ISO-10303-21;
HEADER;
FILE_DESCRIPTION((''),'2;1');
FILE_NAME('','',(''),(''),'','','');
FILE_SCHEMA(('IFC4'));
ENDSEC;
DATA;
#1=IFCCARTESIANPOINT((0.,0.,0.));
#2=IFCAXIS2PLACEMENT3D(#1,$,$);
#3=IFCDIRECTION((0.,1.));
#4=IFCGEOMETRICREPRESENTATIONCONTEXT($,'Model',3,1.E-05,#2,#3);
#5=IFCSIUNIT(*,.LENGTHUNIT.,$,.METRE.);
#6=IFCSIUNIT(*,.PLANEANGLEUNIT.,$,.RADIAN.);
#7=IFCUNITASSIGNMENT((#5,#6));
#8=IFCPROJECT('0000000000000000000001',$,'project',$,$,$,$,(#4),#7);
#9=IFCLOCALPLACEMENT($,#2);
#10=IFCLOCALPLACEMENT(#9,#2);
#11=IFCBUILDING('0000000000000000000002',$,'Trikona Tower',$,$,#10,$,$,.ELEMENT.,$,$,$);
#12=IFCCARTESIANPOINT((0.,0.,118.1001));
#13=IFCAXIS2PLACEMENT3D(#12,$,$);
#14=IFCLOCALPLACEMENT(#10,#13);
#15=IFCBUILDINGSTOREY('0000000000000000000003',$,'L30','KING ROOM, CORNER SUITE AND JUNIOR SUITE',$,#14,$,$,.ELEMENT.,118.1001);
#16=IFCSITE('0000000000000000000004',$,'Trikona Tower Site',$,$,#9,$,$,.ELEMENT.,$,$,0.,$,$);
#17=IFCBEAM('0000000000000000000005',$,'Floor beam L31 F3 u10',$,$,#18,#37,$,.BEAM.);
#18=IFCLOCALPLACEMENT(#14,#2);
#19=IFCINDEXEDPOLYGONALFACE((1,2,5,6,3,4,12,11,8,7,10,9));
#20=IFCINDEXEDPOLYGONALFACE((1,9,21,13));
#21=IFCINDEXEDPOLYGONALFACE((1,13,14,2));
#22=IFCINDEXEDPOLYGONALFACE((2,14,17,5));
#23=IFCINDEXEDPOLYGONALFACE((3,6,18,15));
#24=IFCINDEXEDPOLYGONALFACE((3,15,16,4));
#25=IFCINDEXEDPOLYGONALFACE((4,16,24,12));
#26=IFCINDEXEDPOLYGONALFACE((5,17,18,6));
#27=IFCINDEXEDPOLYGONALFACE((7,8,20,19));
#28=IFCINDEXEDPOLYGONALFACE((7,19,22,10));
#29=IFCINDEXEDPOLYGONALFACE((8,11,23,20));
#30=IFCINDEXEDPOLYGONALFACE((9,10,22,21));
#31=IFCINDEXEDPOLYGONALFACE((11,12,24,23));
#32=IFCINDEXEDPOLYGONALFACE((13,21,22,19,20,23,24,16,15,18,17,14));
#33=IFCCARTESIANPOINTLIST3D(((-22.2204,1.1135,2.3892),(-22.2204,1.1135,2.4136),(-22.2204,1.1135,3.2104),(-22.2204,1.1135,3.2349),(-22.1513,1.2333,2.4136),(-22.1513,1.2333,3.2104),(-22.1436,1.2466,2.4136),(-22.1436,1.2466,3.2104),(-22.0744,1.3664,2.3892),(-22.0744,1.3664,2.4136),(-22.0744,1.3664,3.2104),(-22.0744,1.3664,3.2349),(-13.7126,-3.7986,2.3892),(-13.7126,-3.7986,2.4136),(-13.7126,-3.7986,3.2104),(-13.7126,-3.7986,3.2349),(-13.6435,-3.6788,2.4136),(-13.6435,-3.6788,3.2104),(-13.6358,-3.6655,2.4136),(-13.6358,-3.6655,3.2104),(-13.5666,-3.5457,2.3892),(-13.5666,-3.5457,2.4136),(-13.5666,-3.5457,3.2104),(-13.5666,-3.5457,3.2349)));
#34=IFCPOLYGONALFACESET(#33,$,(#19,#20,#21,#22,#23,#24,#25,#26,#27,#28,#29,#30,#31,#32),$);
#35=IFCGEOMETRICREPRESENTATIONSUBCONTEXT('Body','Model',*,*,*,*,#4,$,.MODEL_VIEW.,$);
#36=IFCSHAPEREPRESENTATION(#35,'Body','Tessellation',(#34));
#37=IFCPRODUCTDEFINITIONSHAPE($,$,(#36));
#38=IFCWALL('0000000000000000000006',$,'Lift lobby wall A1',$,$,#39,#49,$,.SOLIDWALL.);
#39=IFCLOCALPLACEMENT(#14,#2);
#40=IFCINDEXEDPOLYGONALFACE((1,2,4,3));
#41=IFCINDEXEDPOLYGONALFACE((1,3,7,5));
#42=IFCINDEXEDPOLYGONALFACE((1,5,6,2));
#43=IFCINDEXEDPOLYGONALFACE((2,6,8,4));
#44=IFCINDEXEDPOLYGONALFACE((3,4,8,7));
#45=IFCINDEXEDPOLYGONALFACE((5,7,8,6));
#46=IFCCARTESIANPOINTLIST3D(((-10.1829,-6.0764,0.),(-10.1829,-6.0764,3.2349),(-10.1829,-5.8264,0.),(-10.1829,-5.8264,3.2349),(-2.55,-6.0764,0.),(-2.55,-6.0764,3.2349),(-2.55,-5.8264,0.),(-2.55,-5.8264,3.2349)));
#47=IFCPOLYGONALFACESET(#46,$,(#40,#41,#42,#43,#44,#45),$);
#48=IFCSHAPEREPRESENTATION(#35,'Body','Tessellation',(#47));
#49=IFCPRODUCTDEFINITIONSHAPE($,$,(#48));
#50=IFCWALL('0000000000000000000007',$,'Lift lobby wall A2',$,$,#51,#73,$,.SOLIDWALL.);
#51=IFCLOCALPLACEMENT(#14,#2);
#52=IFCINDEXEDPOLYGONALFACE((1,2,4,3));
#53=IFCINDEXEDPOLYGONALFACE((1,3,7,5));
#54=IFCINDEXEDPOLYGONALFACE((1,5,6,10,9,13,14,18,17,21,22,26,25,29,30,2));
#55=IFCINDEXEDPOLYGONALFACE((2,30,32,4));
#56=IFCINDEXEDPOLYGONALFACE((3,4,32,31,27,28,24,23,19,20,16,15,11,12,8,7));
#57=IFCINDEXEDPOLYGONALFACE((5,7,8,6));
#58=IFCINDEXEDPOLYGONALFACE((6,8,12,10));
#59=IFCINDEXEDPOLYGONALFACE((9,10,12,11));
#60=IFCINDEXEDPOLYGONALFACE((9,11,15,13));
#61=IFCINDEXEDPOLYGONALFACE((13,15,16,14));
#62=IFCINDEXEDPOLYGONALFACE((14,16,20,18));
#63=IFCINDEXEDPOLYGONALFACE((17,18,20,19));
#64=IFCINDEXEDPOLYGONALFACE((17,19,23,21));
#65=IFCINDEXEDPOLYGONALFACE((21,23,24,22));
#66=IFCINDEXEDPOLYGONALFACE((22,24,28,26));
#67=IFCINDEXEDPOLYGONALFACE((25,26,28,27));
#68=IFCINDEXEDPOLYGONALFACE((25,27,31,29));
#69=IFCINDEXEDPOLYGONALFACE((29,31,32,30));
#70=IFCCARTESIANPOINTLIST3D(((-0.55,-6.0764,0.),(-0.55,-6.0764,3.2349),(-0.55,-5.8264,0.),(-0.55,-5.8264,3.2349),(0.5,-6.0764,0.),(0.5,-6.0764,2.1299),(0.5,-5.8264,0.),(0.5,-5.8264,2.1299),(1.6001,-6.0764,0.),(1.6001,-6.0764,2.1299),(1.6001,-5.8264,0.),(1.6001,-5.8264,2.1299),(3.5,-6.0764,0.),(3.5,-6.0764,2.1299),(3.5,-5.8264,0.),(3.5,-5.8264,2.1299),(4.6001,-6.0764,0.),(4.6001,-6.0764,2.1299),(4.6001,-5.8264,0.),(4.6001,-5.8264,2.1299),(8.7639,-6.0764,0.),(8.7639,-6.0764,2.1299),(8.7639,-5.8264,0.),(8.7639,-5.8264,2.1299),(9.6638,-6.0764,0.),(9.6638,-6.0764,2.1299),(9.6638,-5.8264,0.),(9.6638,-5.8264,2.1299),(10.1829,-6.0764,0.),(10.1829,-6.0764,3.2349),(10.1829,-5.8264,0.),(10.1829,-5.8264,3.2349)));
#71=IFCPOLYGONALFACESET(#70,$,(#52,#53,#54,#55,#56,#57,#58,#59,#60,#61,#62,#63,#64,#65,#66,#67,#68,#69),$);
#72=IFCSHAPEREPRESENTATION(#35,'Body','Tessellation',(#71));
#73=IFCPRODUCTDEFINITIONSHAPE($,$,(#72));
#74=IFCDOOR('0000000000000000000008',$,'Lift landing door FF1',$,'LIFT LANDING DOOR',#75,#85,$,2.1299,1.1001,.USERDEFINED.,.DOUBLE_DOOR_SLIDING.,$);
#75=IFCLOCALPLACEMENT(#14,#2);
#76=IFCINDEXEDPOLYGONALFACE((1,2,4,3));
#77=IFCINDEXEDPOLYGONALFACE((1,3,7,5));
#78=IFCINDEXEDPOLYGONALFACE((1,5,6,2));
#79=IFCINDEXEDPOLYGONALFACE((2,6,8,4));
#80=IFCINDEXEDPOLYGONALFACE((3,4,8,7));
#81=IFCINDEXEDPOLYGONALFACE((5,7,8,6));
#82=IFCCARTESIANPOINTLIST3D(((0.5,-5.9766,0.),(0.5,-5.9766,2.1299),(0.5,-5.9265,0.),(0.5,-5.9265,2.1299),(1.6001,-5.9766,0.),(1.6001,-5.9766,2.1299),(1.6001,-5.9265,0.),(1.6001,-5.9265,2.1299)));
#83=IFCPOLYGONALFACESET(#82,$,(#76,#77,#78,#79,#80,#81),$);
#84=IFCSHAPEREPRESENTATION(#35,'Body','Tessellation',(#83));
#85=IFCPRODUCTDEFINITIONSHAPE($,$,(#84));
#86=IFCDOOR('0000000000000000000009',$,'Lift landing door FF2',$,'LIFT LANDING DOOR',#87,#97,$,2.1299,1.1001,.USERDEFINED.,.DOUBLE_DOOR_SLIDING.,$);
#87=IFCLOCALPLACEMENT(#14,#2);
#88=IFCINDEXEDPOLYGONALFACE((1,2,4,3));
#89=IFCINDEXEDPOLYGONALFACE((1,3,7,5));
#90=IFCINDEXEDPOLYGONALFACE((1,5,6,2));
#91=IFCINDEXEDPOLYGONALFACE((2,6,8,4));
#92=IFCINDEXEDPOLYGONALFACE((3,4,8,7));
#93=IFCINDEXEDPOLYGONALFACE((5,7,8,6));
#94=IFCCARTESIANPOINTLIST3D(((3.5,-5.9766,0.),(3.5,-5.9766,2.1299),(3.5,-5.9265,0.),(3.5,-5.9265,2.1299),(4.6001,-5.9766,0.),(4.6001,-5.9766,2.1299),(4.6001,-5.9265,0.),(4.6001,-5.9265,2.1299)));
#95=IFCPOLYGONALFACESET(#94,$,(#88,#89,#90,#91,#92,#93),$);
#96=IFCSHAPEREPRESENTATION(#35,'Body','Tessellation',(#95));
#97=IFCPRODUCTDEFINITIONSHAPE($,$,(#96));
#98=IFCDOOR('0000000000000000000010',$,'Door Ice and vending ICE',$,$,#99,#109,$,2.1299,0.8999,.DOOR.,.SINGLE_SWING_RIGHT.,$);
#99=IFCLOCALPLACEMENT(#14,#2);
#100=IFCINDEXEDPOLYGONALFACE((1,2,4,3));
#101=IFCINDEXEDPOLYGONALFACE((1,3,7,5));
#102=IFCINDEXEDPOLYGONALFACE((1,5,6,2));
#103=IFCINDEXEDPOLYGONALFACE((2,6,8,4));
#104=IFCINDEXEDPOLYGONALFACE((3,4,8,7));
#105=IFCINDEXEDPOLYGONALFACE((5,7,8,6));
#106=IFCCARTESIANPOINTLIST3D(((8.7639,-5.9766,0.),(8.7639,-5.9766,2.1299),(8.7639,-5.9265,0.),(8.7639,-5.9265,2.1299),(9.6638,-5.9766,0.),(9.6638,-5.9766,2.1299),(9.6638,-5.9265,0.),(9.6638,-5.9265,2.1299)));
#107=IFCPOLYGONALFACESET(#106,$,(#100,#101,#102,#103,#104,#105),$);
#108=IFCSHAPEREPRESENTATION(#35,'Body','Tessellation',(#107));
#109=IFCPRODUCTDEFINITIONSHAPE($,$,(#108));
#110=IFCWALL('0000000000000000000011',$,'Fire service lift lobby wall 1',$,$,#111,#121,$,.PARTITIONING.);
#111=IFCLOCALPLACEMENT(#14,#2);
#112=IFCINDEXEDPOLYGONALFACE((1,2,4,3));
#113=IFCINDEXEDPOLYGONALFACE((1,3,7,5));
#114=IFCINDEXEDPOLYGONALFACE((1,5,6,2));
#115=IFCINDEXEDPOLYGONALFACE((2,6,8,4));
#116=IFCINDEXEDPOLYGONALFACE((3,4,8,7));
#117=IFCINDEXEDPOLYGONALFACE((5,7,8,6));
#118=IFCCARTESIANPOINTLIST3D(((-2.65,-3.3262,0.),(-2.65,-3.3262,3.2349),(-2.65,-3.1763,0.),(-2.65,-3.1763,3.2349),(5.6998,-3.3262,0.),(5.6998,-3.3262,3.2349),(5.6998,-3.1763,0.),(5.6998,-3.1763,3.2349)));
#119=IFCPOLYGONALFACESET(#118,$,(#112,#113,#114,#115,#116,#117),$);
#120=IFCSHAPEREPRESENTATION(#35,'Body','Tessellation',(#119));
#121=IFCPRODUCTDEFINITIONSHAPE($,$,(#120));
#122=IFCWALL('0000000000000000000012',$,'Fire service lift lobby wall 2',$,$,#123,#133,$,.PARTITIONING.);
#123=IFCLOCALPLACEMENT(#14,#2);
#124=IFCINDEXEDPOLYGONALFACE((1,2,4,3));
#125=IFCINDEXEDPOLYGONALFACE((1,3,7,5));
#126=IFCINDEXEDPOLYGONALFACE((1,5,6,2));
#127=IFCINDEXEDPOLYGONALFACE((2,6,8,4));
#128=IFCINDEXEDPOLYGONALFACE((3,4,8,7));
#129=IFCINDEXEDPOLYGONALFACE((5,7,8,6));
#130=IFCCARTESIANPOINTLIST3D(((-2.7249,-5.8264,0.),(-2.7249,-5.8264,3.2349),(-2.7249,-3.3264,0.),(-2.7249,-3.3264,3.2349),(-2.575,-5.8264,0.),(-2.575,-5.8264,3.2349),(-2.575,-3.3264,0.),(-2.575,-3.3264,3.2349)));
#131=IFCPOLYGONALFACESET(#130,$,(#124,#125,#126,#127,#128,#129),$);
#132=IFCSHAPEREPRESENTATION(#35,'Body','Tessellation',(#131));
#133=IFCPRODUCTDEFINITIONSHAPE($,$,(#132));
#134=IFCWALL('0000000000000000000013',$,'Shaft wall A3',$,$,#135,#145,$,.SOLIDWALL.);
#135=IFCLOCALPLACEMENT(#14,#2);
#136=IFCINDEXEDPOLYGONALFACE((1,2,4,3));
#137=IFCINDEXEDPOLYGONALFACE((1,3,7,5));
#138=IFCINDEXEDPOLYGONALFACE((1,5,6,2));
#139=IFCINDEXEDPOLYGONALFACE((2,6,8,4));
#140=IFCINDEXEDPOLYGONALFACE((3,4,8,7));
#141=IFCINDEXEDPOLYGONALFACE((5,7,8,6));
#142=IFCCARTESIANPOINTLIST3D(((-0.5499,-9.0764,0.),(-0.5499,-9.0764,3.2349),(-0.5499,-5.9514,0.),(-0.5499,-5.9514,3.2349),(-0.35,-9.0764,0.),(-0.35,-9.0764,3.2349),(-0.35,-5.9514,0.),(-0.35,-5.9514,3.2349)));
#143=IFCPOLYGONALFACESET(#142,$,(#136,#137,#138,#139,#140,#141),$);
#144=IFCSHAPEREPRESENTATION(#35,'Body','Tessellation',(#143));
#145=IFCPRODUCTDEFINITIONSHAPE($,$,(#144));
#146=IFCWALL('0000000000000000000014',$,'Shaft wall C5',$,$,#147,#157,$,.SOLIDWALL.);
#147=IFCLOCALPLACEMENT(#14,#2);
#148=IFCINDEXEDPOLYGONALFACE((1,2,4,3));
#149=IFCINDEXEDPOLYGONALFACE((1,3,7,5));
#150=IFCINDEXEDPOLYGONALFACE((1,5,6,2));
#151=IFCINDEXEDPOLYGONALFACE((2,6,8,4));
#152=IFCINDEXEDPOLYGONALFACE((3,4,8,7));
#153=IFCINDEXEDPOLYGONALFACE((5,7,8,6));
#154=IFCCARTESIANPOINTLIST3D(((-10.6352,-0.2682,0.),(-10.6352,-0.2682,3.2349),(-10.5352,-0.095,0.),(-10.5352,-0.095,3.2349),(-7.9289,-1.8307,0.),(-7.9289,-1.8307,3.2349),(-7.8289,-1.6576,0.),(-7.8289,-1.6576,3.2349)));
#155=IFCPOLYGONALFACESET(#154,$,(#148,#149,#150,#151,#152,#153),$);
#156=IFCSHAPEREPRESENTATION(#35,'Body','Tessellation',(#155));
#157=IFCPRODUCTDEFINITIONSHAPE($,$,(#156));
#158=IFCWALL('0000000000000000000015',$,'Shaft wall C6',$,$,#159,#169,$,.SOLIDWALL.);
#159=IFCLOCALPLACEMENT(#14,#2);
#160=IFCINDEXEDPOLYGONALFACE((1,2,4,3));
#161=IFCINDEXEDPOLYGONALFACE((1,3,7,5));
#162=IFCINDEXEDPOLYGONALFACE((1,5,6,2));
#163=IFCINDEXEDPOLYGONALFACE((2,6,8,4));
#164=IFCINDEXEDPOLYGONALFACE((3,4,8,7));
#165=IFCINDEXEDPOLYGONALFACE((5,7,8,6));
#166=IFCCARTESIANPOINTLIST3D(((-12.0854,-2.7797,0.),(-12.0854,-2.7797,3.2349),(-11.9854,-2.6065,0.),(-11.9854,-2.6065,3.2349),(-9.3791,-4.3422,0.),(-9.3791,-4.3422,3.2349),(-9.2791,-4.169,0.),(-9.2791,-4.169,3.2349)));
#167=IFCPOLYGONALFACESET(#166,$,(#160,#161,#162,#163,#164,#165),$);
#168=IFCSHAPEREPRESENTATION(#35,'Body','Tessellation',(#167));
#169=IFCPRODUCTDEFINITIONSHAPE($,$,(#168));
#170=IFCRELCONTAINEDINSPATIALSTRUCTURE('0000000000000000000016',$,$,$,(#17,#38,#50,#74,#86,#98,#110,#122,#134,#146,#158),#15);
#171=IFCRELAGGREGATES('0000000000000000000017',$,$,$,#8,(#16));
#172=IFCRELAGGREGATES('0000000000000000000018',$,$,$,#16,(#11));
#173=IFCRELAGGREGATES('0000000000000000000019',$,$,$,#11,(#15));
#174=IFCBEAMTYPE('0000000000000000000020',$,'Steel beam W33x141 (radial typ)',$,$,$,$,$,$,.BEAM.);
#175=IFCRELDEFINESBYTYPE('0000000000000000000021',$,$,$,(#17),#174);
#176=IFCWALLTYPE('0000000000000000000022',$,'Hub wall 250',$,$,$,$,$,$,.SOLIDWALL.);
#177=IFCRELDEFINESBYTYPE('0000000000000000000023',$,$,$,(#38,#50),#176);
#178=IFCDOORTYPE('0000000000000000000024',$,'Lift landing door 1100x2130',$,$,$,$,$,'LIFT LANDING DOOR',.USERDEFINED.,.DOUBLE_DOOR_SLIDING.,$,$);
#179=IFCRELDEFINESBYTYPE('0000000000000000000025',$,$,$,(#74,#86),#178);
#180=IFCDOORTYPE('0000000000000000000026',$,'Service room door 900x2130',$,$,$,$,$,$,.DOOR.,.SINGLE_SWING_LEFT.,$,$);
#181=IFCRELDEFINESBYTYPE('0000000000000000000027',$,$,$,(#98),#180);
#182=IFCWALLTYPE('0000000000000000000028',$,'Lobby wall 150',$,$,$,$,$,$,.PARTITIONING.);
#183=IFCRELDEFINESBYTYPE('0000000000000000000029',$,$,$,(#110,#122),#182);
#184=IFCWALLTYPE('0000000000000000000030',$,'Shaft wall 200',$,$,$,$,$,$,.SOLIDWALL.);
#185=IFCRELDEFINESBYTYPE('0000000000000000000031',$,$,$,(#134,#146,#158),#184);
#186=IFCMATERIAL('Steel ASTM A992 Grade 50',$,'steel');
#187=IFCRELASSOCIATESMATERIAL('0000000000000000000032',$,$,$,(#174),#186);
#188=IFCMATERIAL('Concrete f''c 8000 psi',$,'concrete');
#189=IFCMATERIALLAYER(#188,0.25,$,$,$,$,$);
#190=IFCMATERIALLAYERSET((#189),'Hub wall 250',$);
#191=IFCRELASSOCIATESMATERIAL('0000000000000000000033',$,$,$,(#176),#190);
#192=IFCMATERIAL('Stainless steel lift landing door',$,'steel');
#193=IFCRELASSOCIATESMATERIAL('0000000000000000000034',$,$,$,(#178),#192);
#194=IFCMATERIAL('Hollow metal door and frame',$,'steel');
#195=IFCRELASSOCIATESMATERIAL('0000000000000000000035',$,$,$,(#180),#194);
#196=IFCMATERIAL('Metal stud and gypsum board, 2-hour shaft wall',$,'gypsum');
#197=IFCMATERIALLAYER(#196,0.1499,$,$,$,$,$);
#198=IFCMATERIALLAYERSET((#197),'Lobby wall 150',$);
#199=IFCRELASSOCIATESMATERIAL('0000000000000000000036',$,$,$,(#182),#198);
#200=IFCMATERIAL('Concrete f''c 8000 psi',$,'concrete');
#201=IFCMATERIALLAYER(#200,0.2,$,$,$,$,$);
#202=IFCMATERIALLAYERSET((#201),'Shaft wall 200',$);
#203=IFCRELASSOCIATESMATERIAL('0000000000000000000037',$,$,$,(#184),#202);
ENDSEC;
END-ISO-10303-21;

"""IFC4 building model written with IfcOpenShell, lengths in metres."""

from ifc_helpers import new_model, si_unit, direction, frame, frame_2d, origin, origin_2d, place, context, subcontext, project, spatial, rectangle, i_section, extrude, material, layer, layer_set, material_profile, profile_set, type_object, element, fill, save


model = new_model("IFC4")

# Units and contexts
model_context = context("Model", 3, precision=1e-05, world=origin(), true_north=direction((0.0, 1.0)))
body_context = subcontext(model_context, "Body", "Model", "MODEL_VIEW")
ifc_project = project(units=[si_unit("LENGTHUNIT", "METRE"), si_unit("PLANEANGLEUNIT", "RADIAN")], contexts=[model_context])

# Site, building, storey
site_placement = place(None, origin())
site = spatial("IfcSite", under=ifc_project, at=site_placement, Name="Trikona Tower Site", CompositionType="ELEMENT", RefElevation=0.0)
building_placement = place(site_placement, origin())
building = spatial("IfcBuilding", under=site, at=building_placement, Name="Trikona Tower", CompositionType="ELEMENT")
storey_placement = place(building_placement, frame((0.0, 0.0, 118.1001)))
storey = spatial("IfcBuildingStorey", under=building, at=storey_placement, Name="L30", Description="KING ROOM, CORNER SUITE AND JUNIOR SUITE", CompositionType="ELEMENT", Elevation=118.1001)

# Beam
ifc_material_1 = material(Name="Steel ASTM A992 Grade 50", Category="steel")
ifc_material_profile = material_profile(ifc_material_1, i_section(OverallWidth=0.292, OverallDepth=0.8457, WebThickness=0.0154, FlangeThickness=0.0244, at=origin_2d()), Name="W33X141")
ifc_profile_set = profile_set([ifc_material_profile], Name="Steel ASTM A992 Grade 50")
beam_type = type_object("IfcBeamType", Name="Steel beam W33x141 (radial typ)", PredefinedType="BEAM", material=ifc_profile_set)
beam_placement = place(storey_placement, frame((-13.6396, -3.6721, 2.812), z_axis=(-0.86602, 0.500009, 0.0), x_axis=(-0.500009, -0.86602, 0.0)))
element("IfcBeam", 1, at=beam_placement, inside=storey, type_object=beam_type, Name="Floor beam L31 F3 u10", PredefinedType="BEAM", context=body_context, shape_type="SweptSolid", body=[
    extrude(i_section(OverallWidth=0.292, OverallDepth=0.8457, WebThickness=0.0154, FlangeThickness=0.0244, at=origin_2d()), origin(), (0.0, 0.0, 1.0), 9.824),
])

# Wall
ifc_material_2 = material(Name="Concrete f'c 8000 psi", Category="concrete")
ifc_layer_1 = layer(ifc_material_2, 0.25)
ifc_layer_set_1 = layer_set([ifc_layer_1], Name="Hub wall 250")
wall_type_1 = type_object("IfcWallType", Name="Hub wall 250", PredefinedType="SOLIDWALL", material=ifc_layer_set_1)
wall_1_placement = place(storey_placement, frame((-10.1829, -5.9514, 0.0), z_axis=(0.0, 0.0, 1.0), x_axis=(1.0, 0.0, 0.0)))
element("IfcWall", 2, at=wall_1_placement, inside=storey, type_object=wall_type_1, Name="Lift lobby wall A1", PredefinedType="SOLIDWALL", context=body_context, shape_type="SweptSolid", body=[
    extrude(rectangle(XDim=7.6328, YDim=0.25, at=frame_2d((3.8164, 0.0))), origin(), (0.0, 0.0, 1.0), 3.2349),
])

# Wall, openings, doors
wall_2_placement = place(storey_placement, frame((-0.55, -5.9514, 0.0), z_axis=(0.0, 0.0, 1.0), x_axis=(1.0, 0.0, 0.0)))
wall_2 = element("IfcWall", 3, at=wall_2_placement, inside=storey, type_object=wall_type_1, Name="Lift lobby wall A2", PredefinedType="SOLIDWALL", context=body_context, shape_type="SweptSolid", body=[
    extrude(rectangle(XDim=10.7329, YDim=0.25, at=frame_2d((5.3665, 0.0))), origin(), (0.0, 0.0, 1.0), 3.2349),
])
opening_1_placement = place(wall_2_placement, frame((9.314, 0.0, 0.0)))
opening_1 = element("IfcOpeningElement", 4, at=opening_1_placement, cuts=wall_2, PredefinedType="OPENING", context=body_context, shape_type="SweptSolid", body=[
    extrude(rectangle(XDim=0.8999, YDim=2.1299, at=frame_2d((0.45, 1.0649))), frame((0.0, 0.135, 0.0), z_axis=(0.0, -1.0, 0.0), x_axis=(1.0, 0.0, 0.0)), (0.0, 0.0, 1.0), 0.27),
])
opening_2_placement = place(wall_2_placement, frame((1.05, 0.0, 0.0)))
opening_2 = element("IfcOpeningElement", 5, at=opening_2_placement, cuts=wall_2, PredefinedType="OPENING", context=body_context, shape_type="SweptSolid", body=[
    extrude(rectangle(XDim=1.1001, YDim=2.1299, at=frame_2d((0.55, 1.0649))), frame((0.0, 0.135, 0.0), z_axis=(0.0, -1.0, 0.0), x_axis=(1.0, 0.0, 0.0)), (0.0, 0.0, 1.0), 0.27),
])
opening_3_placement = place(wall_2_placement, frame((4.05, 0.0, 0.0)))
opening_3 = element("IfcOpeningElement", 6, at=opening_3_placement, cuts=wall_2, PredefinedType="OPENING", context=body_context, shape_type="SweptSolid", body=[
    extrude(rectangle(XDim=1.1001, YDim=2.1299, at=frame_2d((0.55, 1.0649))), frame((0.0, 0.135, 0.0), z_axis=(0.0, -1.0, 0.0), x_axis=(1.0, 0.0, 0.0)), (0.0, 0.0, 1.0), 0.27),
])
ifc_material_3 = material(Name="Stainless steel lift landing door", Category="steel")
door_type_1 = type_object("IfcDoorType", Name="Lift landing door 1100x2130", ElementType="LIFT LANDING DOOR", OperationType="DOUBLE_DOOR_SLIDING", PredefinedType="USERDEFINED", material=ifc_material_3)
door_1_placement = place(opening_2_placement, origin())
door_1 = element("IfcDoor", 7, at=door_1_placement, inside=storey, type_object=door_type_1, Name="Lift landing door FF1", ObjectType="LIFT LANDING DOOR", OperationType="DOUBLE_DOOR_SLIDING", OverallHeight=2.1299, OverallWidth=1.1001, PredefinedType="USERDEFINED", context=body_context, shape_type="SweptSolid", body=[
    extrude(rectangle(XDim=1.1001, YDim=2.1299, at=frame_2d((0.55, 1.0649))), frame((0.0, 0.0249, 0.0), z_axis=(0.0, -1.0, 0.0), x_axis=(1.0, 0.0, 0.0)), (0.0, 0.0, 1.0), 0.05),
])
fill(opening_2, door_1)
door_2_placement = place(opening_3_placement, origin())
door_2 = element("IfcDoor", 8, at=door_2_placement, inside=storey, type_object=door_type_1, Name="Lift landing door FF2", ObjectType="LIFT LANDING DOOR", OperationType="DOUBLE_DOOR_SLIDING", OverallHeight=2.1299, OverallWidth=1.1001, PredefinedType="USERDEFINED", context=body_context, shape_type="SweptSolid", body=[
    extrude(rectangle(XDim=1.1001, YDim=2.1299, at=frame_2d((0.55, 1.0649))), frame((0.0, 0.0249, 0.0), z_axis=(0.0, -1.0, 0.0), x_axis=(1.0, 0.0, 0.0)), (0.0, 0.0, 1.0), 0.05),
])
fill(opening_3, door_2)
ifc_material_4 = material(Name="Hollow metal door and frame", Category="steel")
door_type_2 = type_object("IfcDoorType", Name="Service room door 900x2130", OperationType="SINGLE_SWING_LEFT", PredefinedType="DOOR", material=ifc_material_4)
door_3_placement = place(opening_1_placement, origin())
door_3 = element("IfcDoor", 9, at=door_3_placement, inside=storey, type_object=door_type_2, Name="Door Ice and vending ICE", OperationType="SINGLE_SWING_RIGHT", OverallHeight=2.1299, OverallWidth=0.8999, PredefinedType="DOOR", context=body_context, shape_type="SweptSolid", body=[
    extrude(rectangle(XDim=0.8999, YDim=2.1299, at=frame_2d((0.45, 1.0649))), frame((0.0, 0.0249, 0.0), z_axis=(0.0, -1.0, 0.0), x_axis=(1.0, 0.0, 0.0)), (0.0, 0.0, 1.0), 0.05),
])
fill(opening_1, door_3)

# Walls
ifc_material_5 = material(Name="Metal stud and gypsum board, 2-hour shaft wall", Category="gypsum")
ifc_layer_2 = layer(ifc_material_5, 0.1499)
ifc_layer_set_2 = layer_set([ifc_layer_2], Name="Lobby wall 150")
wall_type_2 = type_object("IfcWallType", Name="Lobby wall 150", PredefinedType="PARTITIONING", material=ifc_layer_set_2)
wall_3_placement = place(storey_placement, frame((-2.6499, -3.2512, 0.0), z_axis=(0.0, 0.0, 1.0), x_axis=(1.0, 0.0, 0.0)))
element("IfcWall", 10, at=wall_3_placement, inside=storey, type_object=wall_type_2, Name="Fire service lift lobby wall 1", PredefinedType="PARTITIONING", context=body_context, shape_type="SweptSolid", body=[
    extrude(rectangle(XDim=8.3499, YDim=0.1499, at=frame_2d((4.1748, 0.0))), origin(), (0.0, 0.0, 1.0), 3.2349),
])
wall_4_placement = place(storey_placement, frame((-2.6499, -5.8264, 0.0), z_axis=(0.0, 0.0, 1.0), x_axis=(0.0, 1.0, 0.0)))
element("IfcWall", 11, at=wall_4_placement, inside=storey, type_object=wall_type_2, Name="Fire service lift lobby wall 2", PredefinedType="PARTITIONING", context=body_context, shape_type="SweptSolid", body=[
    extrude(rectangle(XDim=2.5, YDim=0.1499, at=frame_2d((1.25, 0.0))), origin(), (0.0, 0.0, 1.0), 3.2349),
])
ifc_material_6 = material(Name="Concrete f'c 8000 psi", Category="concrete")
ifc_layer_3 = layer(ifc_material_6, 0.2)
ifc_layer_set_3 = layer_set([ifc_layer_3], Name="Shaft wall 200")
wall_type_3 = type_object("IfcWallType", Name="Shaft wall 200", PredefinedType="SOLIDWALL", material=ifc_layer_set_3)
for number, where, z_axis, x_axis, name in (
    (12, (-0.45, -5.9514, 0.0), (0.0, 0.0, 1.0), (0.0, -1.0, 0.0), "Shaft wall A3"),
    (13, (-7.8789, -1.7441, 0.0), (0.0, 0.0, 1.0), (-0.866023, 0.500004, 0.0), "Shaft wall C5"),
    (14, (-9.3291, -4.2556, 0.0), (0.0, 0.0, 1.0), (-0.866023, 0.500004, 0.0), "Shaft wall C6"),
):
    element("IfcWall", number, at=place(storey_placement, frame(where, z_axis=z_axis, x_axis=x_axis)), inside=storey, type_object=wall_type_3, Name=name, PredefinedType="SOLIDWALL", context=body_context, shape_type="SweptSolid", body=[
        extrude(rectangle(XDim=3.125, YDim=0.2, at=frame_2d((1.5625, 0.0))), origin(), (0.0, 0.0, 1.0), 3.2349),
    ])

save(model, "model.ifc")
